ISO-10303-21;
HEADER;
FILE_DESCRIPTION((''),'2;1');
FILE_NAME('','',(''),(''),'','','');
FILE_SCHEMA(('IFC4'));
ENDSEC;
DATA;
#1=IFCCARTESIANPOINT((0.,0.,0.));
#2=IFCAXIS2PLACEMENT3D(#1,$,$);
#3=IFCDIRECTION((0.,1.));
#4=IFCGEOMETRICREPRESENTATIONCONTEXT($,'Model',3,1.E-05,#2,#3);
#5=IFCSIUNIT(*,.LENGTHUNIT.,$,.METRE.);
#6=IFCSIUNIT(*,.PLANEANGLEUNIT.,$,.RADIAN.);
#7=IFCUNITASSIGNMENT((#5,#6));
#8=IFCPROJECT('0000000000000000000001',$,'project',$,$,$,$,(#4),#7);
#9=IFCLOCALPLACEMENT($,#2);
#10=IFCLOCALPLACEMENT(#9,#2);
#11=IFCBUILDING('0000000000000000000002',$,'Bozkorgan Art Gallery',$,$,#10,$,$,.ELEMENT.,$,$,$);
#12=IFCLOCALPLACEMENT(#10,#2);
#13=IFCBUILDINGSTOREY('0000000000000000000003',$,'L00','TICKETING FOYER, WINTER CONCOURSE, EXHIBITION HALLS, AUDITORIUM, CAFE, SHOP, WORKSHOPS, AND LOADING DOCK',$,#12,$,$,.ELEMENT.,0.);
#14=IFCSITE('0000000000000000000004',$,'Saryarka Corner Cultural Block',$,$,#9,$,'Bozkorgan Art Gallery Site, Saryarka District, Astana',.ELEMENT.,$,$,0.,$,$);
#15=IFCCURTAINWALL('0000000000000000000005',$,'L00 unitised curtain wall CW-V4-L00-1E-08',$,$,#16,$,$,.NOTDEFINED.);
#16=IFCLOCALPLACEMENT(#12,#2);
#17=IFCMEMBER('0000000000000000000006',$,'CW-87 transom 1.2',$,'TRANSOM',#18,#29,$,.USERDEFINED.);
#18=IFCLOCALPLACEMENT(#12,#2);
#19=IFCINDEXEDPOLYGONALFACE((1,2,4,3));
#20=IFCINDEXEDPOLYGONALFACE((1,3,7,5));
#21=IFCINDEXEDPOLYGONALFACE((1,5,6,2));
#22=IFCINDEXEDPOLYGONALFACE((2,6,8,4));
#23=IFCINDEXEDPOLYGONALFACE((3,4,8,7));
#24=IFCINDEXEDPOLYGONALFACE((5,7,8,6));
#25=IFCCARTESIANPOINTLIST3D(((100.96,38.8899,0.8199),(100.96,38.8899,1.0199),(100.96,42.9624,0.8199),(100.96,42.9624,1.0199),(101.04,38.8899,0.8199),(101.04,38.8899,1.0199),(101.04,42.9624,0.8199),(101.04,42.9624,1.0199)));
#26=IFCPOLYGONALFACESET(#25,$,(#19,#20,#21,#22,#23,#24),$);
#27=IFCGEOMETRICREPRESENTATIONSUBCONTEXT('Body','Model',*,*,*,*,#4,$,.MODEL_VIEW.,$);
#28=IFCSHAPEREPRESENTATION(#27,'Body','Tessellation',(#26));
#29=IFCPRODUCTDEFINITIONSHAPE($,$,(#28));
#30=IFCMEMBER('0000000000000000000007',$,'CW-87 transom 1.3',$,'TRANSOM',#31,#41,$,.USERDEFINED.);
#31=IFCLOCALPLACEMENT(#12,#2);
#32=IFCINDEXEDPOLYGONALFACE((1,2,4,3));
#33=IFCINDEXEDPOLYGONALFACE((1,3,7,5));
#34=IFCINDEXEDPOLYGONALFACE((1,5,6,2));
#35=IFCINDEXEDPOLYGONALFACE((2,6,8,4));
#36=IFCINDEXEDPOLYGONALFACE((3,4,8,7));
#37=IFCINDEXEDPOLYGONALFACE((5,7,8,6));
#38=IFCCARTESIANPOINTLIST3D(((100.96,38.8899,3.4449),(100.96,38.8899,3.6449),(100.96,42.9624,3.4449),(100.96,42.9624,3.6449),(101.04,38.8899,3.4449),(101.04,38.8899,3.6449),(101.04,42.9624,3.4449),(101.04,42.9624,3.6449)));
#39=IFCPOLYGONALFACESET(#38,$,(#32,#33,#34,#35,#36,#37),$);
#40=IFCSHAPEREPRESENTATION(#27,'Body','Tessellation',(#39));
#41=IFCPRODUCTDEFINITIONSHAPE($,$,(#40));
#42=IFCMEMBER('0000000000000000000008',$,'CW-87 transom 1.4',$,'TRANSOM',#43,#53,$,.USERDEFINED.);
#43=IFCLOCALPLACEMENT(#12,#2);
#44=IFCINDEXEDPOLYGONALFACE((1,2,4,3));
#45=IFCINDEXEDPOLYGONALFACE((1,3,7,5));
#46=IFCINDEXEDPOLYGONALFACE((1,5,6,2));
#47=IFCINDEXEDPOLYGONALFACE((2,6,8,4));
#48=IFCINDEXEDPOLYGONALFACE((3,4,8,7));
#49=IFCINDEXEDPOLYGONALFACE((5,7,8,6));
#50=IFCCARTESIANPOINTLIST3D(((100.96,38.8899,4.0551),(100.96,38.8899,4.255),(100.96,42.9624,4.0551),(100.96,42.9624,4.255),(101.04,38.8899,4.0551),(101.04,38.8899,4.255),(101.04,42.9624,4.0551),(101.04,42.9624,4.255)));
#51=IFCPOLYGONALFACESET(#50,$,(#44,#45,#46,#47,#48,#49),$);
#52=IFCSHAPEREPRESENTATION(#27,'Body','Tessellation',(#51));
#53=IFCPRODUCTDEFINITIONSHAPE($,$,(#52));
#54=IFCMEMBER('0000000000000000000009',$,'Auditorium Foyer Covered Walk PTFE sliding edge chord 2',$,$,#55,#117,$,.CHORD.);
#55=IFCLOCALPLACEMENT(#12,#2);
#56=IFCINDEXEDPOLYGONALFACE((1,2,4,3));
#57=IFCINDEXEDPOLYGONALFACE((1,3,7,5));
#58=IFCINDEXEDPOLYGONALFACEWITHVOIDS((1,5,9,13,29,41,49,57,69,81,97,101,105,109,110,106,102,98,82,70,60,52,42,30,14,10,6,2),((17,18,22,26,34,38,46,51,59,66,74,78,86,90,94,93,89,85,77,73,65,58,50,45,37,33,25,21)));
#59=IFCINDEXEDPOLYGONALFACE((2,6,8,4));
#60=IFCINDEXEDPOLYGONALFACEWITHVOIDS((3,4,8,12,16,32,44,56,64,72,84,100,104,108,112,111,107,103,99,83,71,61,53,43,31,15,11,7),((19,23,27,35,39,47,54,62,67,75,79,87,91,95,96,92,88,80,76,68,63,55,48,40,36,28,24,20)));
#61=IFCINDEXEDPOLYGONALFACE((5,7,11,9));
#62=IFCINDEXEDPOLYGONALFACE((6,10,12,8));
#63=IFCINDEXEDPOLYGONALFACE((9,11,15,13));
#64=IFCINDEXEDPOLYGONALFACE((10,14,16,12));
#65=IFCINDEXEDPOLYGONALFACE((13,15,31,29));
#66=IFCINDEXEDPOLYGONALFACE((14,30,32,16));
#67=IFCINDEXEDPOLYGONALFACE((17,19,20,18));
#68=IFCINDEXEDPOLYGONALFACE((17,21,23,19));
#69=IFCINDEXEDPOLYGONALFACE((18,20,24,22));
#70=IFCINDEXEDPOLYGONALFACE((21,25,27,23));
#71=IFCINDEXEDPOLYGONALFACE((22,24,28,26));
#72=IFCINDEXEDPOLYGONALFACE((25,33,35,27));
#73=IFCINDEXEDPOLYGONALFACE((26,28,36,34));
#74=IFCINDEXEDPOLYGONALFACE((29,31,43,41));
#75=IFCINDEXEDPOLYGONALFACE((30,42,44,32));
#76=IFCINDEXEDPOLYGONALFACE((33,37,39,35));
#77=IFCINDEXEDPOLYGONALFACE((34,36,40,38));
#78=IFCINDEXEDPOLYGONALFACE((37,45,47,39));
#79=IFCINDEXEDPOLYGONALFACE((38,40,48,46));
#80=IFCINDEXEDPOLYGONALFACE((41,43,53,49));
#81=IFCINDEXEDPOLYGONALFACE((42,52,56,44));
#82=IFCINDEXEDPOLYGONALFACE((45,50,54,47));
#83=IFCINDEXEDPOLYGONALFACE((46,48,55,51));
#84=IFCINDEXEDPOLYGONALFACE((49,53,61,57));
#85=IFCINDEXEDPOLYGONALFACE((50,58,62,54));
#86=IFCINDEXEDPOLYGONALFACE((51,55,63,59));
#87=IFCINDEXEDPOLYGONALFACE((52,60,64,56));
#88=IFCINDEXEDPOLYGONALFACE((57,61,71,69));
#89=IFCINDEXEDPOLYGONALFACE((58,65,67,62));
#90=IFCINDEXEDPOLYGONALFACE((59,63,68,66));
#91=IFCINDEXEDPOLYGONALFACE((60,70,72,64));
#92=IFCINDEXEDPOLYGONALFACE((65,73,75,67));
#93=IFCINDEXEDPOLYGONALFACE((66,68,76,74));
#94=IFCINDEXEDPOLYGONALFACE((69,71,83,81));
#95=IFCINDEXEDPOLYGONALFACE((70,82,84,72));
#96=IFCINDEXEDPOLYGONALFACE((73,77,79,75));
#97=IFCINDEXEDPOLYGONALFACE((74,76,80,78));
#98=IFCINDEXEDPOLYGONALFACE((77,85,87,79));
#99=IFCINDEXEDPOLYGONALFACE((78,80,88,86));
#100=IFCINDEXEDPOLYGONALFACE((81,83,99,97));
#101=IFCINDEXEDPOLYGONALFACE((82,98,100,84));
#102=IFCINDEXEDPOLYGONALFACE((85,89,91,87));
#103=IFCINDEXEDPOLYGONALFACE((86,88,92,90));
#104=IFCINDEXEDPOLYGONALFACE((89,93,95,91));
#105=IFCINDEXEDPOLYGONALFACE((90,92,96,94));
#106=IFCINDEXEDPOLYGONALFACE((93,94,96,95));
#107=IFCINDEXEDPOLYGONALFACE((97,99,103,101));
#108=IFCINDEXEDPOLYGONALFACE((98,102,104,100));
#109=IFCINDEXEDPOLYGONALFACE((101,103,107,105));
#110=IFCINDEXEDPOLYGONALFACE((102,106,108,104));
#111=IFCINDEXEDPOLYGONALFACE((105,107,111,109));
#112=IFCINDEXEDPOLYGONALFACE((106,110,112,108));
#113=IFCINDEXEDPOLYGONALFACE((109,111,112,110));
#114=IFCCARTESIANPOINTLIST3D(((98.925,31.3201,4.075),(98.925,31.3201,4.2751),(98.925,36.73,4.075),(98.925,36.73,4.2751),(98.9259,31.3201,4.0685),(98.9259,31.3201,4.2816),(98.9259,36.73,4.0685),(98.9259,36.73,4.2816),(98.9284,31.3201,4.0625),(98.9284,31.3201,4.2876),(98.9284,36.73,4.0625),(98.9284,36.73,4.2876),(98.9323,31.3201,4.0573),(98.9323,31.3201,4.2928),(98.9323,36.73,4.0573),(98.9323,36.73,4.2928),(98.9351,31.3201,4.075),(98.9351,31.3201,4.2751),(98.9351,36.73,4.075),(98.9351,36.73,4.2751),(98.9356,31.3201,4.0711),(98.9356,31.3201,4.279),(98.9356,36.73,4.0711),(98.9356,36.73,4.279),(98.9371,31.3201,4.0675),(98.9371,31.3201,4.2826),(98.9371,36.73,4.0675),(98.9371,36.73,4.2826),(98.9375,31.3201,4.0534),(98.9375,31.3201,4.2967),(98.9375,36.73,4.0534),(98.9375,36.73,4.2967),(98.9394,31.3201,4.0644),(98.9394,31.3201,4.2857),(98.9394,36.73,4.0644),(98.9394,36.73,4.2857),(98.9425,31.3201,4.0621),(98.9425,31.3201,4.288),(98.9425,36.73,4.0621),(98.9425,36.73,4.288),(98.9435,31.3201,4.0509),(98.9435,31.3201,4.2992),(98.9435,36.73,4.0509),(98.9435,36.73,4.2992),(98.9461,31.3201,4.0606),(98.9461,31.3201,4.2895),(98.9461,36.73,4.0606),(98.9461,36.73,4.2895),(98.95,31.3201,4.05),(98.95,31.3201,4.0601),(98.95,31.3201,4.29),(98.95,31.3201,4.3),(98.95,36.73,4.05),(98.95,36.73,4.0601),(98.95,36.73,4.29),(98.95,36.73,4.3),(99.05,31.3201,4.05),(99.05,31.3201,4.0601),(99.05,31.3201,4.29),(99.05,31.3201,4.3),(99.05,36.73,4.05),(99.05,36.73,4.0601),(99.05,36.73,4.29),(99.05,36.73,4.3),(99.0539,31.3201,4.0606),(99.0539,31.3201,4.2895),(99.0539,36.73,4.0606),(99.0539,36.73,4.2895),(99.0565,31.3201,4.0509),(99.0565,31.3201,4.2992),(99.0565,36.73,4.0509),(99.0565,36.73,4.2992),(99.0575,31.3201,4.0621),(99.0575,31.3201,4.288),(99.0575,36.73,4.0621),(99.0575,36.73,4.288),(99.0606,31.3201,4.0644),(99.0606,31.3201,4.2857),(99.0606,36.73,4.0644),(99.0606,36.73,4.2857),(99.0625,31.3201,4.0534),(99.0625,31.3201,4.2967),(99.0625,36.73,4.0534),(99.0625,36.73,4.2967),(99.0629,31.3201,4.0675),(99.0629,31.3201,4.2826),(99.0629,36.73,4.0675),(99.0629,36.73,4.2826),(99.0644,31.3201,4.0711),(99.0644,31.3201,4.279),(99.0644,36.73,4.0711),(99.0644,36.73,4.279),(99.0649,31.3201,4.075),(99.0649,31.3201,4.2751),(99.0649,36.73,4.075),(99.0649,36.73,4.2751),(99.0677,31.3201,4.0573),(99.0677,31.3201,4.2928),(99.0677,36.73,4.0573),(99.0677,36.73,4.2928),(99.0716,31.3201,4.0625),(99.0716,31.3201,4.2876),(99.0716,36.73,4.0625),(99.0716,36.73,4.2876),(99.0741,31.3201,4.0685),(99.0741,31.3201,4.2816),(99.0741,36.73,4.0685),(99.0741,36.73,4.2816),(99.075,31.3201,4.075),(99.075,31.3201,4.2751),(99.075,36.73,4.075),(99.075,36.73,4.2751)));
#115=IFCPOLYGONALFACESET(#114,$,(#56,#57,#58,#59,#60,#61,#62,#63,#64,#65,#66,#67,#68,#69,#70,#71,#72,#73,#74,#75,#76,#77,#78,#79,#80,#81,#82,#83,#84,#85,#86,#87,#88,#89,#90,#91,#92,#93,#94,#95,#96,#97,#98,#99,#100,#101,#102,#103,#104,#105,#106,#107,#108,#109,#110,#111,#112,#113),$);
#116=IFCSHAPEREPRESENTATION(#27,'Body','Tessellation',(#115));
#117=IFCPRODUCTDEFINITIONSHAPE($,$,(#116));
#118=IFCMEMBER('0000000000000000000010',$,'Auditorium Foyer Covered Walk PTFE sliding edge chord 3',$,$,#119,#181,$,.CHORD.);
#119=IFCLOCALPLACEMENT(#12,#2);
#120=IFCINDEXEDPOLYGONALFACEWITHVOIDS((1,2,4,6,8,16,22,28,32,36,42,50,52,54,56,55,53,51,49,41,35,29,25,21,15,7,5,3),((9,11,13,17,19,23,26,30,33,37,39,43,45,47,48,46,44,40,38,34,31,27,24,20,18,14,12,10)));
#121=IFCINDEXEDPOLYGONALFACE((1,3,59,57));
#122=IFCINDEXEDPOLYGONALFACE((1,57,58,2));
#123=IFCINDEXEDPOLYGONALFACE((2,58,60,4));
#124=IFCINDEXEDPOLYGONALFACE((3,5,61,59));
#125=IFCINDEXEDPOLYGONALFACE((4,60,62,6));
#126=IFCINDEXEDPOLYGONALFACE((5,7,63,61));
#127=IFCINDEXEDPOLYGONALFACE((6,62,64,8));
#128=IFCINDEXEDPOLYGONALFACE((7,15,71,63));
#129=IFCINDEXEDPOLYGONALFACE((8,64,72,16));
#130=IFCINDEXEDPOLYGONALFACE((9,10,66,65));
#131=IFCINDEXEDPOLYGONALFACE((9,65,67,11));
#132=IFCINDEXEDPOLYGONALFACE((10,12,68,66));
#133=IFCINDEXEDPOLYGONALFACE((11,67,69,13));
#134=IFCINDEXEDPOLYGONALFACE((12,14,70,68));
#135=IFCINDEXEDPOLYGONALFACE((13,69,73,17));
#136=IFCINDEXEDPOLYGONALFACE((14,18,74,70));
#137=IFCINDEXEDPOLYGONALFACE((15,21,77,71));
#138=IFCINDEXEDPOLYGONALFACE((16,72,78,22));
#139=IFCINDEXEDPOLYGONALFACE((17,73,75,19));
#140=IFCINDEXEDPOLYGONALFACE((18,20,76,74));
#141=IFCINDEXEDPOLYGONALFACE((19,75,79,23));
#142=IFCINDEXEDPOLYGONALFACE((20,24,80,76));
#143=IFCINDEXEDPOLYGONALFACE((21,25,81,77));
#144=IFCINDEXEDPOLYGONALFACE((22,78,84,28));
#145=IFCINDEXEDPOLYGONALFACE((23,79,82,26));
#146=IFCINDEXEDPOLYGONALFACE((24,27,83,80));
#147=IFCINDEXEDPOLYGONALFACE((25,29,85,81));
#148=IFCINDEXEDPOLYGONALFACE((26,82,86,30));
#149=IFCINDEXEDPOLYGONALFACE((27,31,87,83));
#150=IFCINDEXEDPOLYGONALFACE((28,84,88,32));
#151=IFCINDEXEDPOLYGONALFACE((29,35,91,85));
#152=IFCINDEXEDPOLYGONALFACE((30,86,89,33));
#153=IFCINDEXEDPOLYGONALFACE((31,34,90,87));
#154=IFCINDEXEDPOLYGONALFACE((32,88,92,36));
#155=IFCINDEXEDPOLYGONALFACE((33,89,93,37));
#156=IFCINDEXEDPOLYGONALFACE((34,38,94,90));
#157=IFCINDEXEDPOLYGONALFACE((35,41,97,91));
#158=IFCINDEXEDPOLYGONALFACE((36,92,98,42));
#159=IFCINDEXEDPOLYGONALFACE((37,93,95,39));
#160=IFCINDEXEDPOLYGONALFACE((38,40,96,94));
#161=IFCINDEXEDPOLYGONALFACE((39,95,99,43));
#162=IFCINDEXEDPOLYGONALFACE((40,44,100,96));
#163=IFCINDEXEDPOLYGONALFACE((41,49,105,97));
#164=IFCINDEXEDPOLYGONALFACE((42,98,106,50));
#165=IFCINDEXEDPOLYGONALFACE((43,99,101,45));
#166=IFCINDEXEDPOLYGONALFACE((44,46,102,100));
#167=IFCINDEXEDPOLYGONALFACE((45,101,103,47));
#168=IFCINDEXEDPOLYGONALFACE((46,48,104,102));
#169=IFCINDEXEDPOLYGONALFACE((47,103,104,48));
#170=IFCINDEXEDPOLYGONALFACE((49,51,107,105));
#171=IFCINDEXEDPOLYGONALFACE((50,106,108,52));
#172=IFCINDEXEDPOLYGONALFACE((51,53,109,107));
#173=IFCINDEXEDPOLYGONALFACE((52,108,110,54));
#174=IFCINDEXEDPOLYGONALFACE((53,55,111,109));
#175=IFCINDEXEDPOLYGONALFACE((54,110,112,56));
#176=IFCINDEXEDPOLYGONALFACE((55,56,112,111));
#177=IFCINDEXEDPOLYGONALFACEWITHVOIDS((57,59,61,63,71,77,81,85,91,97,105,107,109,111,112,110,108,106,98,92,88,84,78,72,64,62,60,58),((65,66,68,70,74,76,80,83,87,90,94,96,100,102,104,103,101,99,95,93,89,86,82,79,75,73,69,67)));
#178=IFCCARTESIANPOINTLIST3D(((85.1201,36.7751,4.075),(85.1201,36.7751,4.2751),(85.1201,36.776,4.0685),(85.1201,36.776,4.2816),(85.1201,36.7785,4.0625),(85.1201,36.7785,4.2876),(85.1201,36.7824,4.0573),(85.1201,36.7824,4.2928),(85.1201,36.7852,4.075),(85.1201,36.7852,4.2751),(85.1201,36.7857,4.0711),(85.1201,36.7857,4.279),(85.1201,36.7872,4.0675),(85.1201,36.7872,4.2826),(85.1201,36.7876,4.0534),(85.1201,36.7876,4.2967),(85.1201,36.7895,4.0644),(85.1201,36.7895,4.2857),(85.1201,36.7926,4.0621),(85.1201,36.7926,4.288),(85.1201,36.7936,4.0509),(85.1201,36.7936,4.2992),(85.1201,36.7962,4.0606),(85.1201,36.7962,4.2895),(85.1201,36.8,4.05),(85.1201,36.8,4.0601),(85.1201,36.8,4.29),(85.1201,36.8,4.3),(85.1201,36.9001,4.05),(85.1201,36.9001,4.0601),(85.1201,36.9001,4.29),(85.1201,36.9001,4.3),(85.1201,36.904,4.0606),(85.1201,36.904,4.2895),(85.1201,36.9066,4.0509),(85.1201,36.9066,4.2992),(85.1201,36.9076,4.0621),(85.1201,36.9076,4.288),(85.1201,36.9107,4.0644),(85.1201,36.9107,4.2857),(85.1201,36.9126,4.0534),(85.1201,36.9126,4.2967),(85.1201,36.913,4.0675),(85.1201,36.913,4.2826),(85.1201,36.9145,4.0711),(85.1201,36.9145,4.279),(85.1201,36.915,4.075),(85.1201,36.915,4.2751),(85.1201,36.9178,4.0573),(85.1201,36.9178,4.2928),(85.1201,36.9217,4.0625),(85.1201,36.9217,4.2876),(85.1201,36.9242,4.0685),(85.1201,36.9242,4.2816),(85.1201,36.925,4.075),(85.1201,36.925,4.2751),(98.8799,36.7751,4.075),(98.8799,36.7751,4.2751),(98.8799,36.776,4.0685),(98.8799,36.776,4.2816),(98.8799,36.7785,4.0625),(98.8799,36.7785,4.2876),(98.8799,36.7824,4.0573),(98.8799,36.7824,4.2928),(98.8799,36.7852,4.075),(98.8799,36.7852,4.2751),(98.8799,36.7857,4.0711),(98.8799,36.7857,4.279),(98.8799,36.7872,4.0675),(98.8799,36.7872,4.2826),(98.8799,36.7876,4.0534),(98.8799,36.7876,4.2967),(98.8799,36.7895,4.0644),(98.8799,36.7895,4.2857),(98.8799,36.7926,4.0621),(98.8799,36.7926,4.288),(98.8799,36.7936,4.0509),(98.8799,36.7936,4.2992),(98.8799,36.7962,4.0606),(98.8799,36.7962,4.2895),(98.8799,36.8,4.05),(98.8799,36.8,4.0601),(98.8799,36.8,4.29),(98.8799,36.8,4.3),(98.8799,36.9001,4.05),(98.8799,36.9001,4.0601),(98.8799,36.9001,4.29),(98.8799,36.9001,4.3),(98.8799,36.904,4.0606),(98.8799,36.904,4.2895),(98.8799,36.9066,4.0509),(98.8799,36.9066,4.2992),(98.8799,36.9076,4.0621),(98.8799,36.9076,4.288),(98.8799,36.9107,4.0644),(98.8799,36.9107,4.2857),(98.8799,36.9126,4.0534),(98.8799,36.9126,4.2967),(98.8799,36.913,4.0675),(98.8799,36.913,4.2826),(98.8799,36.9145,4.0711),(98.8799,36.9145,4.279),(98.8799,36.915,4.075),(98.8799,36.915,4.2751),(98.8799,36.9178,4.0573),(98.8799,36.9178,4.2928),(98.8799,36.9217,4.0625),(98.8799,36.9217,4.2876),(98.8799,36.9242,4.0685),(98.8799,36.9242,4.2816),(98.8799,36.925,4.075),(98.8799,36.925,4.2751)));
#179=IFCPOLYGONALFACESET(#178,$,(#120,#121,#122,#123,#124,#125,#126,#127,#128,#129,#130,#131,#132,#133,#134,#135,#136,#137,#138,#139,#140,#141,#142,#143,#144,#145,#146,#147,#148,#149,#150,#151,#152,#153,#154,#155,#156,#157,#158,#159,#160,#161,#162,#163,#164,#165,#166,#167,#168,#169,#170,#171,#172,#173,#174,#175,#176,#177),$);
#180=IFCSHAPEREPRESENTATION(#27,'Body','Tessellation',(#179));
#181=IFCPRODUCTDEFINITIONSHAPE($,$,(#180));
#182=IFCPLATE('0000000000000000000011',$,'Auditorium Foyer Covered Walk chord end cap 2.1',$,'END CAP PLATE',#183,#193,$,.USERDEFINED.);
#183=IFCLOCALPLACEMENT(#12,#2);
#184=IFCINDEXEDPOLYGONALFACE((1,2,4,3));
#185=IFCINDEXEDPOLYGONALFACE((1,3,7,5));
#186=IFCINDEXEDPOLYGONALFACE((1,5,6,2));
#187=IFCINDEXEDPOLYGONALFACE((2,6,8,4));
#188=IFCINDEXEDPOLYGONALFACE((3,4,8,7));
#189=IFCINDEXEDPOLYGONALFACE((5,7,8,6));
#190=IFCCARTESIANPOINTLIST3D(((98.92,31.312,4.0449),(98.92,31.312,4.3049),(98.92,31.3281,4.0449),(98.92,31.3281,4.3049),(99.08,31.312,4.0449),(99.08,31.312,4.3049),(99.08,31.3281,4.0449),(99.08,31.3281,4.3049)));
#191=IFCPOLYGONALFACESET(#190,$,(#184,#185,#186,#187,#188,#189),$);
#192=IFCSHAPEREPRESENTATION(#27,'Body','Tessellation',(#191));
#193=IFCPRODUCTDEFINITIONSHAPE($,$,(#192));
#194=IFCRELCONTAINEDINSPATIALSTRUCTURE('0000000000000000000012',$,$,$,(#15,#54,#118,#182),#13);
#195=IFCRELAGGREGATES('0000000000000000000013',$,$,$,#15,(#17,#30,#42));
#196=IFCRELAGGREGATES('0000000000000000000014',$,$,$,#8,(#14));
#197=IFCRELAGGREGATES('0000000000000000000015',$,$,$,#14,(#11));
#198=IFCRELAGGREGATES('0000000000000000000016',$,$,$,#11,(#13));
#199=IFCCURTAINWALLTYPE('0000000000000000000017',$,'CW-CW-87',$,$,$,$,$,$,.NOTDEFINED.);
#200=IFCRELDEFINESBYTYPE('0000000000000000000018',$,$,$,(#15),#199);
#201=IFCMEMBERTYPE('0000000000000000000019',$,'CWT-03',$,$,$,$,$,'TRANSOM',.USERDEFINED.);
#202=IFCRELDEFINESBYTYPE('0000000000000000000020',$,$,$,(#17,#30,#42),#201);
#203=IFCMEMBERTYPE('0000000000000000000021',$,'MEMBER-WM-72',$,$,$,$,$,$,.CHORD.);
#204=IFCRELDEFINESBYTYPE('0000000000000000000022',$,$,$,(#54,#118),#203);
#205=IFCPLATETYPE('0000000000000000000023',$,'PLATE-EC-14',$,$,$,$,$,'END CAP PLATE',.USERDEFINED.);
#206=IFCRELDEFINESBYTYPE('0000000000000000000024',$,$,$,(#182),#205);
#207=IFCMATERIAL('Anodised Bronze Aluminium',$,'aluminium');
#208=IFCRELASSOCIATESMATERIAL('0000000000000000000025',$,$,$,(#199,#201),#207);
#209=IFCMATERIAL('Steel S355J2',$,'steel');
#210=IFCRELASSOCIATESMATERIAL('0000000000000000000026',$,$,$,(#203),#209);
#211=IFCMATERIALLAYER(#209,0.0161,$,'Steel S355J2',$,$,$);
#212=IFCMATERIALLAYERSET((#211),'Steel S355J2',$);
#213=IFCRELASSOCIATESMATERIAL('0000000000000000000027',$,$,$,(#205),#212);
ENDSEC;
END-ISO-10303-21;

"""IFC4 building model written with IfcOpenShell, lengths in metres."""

from ifc_helpers import new_model, si_unit, direction, frame, origin, origin_2d, place, context, subcontext, project, spatial, rectangle, hollow_rectangle, extrude, material, layer, layer_set, material_profile, profile_set, type_object, element, aggregate, save


model = new_model("IFC4")

# Units and contexts
model_context = context("Model", 3, precision=1e-05, world=origin(), true_north=direction((0.0, 1.0)))
body_context = subcontext(model_context, "Body", "Model", "MODEL_VIEW")
ifc_project = project(units=[si_unit("LENGTHUNIT", "METRE"), si_unit("PLANEANGLEUNIT", "RADIAN")], contexts=[model_context])

# Site, building, storey
site_placement = place(None, origin())
site = spatial("IfcSite", under=ifc_project, at=site_placement, Name="Saryarka Corner Cultural Block", LongName="Bozkorgan Art Gallery Site, Saryarka District, Astana", CompositionType="ELEMENT", RefElevation=0.0)
building_placement = place(site_placement, origin())
building = spatial("IfcBuilding", under=site, at=building_placement, Name="Bozkorgan Art Gallery", CompositionType="ELEMENT")
storey_placement = place(building_placement, origin())
storey = spatial("IfcBuildingStorey", under=building, at=storey_placement, Name="L00", Description="TICKETING FOYER, WINTER CONCOURSE, EXHIBITION HALLS, AUDITORIUM, CAFE, SHOP, WORKSHOPS, AND LOADING DOCK", CompositionType="ELEMENT", Elevation=0.0)

# Shared definitions
ifc_material_1 = material(Name="Steel S355J2", Category="steel")

# Curtain wall, members
ifc_material_2 = material(Name="Anodised Bronze Aluminium", Category="aluminium")
curtain_wall_type = type_object("IfcCurtainWallType", Name="CW-CW-87", PredefinedType="NOTDEFINED", material=ifc_material_2)
curtain_wall_placement = place(storey_placement, origin())
curtain_wall = element("IfcCurtainWall", 1, at=curtain_wall_placement, inside=storey, type_object=curtain_wall_type, Name="L00 unitised curtain wall CW-V4-L00-1E-08", PredefinedType="NOTDEFINED")
ifc_material_profile_1 = material_profile(ifc_material_2, rectangle(XDim=0.0801, YDim=0.2, at=origin_2d()), Name="ALU TRANSOM 80x200")
ifc_profile_set_1 = profile_set([ifc_material_profile_1], Name="Anodised Bronze Aluminium")
member_type_1 = type_object("IfcMemberType", Name="CWT-03", ElementType="TRANSOM", PredefinedType="USERDEFINED", material=ifc_profile_set_1)
member_1_placement = place(storey_placement, frame((101.0, 38.8899, 0.9199), z_axis=(0.0, 1.0, 0.0), x_axis=(-1.0, 0.0, 0.0)))
member_1 = element("IfcMember", 2, at=member_1_placement, type_object=member_type_1, Name="CW-87 transom 1.2", ObjectType="TRANSOM", PredefinedType="USERDEFINED", context=body_context, shape_type="SweptSolid", body=[
    extrude(rectangle(XDim=0.0801, YDim=0.2, at=origin_2d()), origin(), (0.0, 0.0, 1.0), 4.0725),
])
member_2_placement = place(storey_placement, frame((101.0, 38.8899, 3.5449), z_axis=(0.0, 1.0, 0.0), x_axis=(-1.0, 0.0, 0.0)))
member_2 = element("IfcMember", 3, at=member_2_placement, type_object=member_type_1, Name="CW-87 transom 1.3", ObjectType="TRANSOM", PredefinedType="USERDEFINED", context=body_context, shape_type="SweptSolid", body=[
    extrude(rectangle(XDim=0.0801, YDim=0.2, at=origin_2d()), origin(), (0.0, 0.0, 1.0), 4.0725),
])
member_3_placement = place(storey_placement, frame((101.0, 38.8899, 4.155), z_axis=(0.0, 1.0, 0.0), x_axis=(-1.0, 0.0, 0.0)))
member_3 = element("IfcMember", 4, at=member_3_placement, type_object=member_type_1, Name="CW-87 transom 1.4", ObjectType="TRANSOM", PredefinedType="USERDEFINED", context=body_context, shape_type="SweptSolid", body=[
    extrude(rectangle(XDim=0.0801, YDim=0.2, at=origin_2d()), origin(), (0.0, 0.0, 1.0), 4.0725),
])
aggregate(curtain_wall, [member_1, member_2, member_3])

# Members
ifc_material_profile_2 = material_profile(ifc_material_1, hollow_rectangle(XDim=0.1499, YDim=0.25, WallThickness=0.01, InnerFilletRadius=0.0149, OuterFilletRadius=0.0249, at=origin_2d()), Name="RHS 250x150x10")
ifc_profile_set_2 = profile_set([ifc_material_profile_2], Name="Steel S355J2")
member_type_2 = type_object("IfcMemberType", Name="MEMBER-WM-72", PredefinedType="CHORD", material=ifc_profile_set_2)
member_4_placement = place(storey_placement, frame((99.0, 31.3201, 4.175), z_axis=(0.0, 1.0, 0.0), x_axis=(-1.0, 0.0, 0.0)))
element("IfcMember", 5, at=member_4_placement, inside=storey, type_object=member_type_2, Name="Auditorium Foyer Covered Walk PTFE sliding edge chord 2", PredefinedType="CHORD", context=body_context, shape_type="SweptSolid", body=[
    extrude(hollow_rectangle(XDim=0.1499, YDim=0.25, WallThickness=0.01, InnerFilletRadius=0.0149, OuterFilletRadius=0.0249, at=origin_2d()), origin(), (0.0, 0.0, 1.0), 5.4099),
])
member_5_placement = place(storey_placement, frame((98.8799, 36.8501, 4.175), z_axis=(-1.0, 0.0, 0.0), x_axis=(0.0, -1.0, 0.0)))
element("IfcMember", 6, at=member_5_placement, inside=storey, type_object=member_type_2, Name="Auditorium Foyer Covered Walk PTFE sliding edge chord 3", PredefinedType="CHORD", context=body_context, shape_type="SweptSolid", body=[
    extrude(hollow_rectangle(XDim=0.1499, YDim=0.25, WallThickness=0.01, InnerFilletRadius=0.0149, OuterFilletRadius=0.0249, at=origin_2d()), origin(), (0.0, 0.0, 1.0), 13.7598),
])

# Plate
ifc_layer_1 = layer(ifc_material_1, 0.0161, Name="Steel S355J2")
ifc_layer_set_1 = layer_set([ifc_layer_1], Name="Steel S355J2")
plate_type = type_object("IfcPlateType", Name="PLATE-EC-14", ElementType="END CAP PLATE", PredefinedType="USERDEFINED", material=ifc_layer_set_1)
for number, where, z_axis, x_axis, name in (
    (7, (99.0, 31.3201, 4.0449), (0.0, 0.0, 1.0), (0.0, 1.0, 0.0), "Auditorium Foyer Covered Walk chord end cap 2.1"),
):
    element("IfcPlate", number, at=place(storey_placement, frame(where, z_axis=z_axis, x_axis=x_axis)), inside=storey, type_object=plate_type, Name=name, ObjectType="END CAP PLATE", PredefinedType="USERDEFINED", context=body_context, shape_type="SweptSolid", body=[
        extrude(rectangle(XDim=0.0161, YDim=0.1599, at=origin_2d()), origin(), (0.0, 0.0, 1.0), 0.26),
    ])

save(model, "model.ifc")
